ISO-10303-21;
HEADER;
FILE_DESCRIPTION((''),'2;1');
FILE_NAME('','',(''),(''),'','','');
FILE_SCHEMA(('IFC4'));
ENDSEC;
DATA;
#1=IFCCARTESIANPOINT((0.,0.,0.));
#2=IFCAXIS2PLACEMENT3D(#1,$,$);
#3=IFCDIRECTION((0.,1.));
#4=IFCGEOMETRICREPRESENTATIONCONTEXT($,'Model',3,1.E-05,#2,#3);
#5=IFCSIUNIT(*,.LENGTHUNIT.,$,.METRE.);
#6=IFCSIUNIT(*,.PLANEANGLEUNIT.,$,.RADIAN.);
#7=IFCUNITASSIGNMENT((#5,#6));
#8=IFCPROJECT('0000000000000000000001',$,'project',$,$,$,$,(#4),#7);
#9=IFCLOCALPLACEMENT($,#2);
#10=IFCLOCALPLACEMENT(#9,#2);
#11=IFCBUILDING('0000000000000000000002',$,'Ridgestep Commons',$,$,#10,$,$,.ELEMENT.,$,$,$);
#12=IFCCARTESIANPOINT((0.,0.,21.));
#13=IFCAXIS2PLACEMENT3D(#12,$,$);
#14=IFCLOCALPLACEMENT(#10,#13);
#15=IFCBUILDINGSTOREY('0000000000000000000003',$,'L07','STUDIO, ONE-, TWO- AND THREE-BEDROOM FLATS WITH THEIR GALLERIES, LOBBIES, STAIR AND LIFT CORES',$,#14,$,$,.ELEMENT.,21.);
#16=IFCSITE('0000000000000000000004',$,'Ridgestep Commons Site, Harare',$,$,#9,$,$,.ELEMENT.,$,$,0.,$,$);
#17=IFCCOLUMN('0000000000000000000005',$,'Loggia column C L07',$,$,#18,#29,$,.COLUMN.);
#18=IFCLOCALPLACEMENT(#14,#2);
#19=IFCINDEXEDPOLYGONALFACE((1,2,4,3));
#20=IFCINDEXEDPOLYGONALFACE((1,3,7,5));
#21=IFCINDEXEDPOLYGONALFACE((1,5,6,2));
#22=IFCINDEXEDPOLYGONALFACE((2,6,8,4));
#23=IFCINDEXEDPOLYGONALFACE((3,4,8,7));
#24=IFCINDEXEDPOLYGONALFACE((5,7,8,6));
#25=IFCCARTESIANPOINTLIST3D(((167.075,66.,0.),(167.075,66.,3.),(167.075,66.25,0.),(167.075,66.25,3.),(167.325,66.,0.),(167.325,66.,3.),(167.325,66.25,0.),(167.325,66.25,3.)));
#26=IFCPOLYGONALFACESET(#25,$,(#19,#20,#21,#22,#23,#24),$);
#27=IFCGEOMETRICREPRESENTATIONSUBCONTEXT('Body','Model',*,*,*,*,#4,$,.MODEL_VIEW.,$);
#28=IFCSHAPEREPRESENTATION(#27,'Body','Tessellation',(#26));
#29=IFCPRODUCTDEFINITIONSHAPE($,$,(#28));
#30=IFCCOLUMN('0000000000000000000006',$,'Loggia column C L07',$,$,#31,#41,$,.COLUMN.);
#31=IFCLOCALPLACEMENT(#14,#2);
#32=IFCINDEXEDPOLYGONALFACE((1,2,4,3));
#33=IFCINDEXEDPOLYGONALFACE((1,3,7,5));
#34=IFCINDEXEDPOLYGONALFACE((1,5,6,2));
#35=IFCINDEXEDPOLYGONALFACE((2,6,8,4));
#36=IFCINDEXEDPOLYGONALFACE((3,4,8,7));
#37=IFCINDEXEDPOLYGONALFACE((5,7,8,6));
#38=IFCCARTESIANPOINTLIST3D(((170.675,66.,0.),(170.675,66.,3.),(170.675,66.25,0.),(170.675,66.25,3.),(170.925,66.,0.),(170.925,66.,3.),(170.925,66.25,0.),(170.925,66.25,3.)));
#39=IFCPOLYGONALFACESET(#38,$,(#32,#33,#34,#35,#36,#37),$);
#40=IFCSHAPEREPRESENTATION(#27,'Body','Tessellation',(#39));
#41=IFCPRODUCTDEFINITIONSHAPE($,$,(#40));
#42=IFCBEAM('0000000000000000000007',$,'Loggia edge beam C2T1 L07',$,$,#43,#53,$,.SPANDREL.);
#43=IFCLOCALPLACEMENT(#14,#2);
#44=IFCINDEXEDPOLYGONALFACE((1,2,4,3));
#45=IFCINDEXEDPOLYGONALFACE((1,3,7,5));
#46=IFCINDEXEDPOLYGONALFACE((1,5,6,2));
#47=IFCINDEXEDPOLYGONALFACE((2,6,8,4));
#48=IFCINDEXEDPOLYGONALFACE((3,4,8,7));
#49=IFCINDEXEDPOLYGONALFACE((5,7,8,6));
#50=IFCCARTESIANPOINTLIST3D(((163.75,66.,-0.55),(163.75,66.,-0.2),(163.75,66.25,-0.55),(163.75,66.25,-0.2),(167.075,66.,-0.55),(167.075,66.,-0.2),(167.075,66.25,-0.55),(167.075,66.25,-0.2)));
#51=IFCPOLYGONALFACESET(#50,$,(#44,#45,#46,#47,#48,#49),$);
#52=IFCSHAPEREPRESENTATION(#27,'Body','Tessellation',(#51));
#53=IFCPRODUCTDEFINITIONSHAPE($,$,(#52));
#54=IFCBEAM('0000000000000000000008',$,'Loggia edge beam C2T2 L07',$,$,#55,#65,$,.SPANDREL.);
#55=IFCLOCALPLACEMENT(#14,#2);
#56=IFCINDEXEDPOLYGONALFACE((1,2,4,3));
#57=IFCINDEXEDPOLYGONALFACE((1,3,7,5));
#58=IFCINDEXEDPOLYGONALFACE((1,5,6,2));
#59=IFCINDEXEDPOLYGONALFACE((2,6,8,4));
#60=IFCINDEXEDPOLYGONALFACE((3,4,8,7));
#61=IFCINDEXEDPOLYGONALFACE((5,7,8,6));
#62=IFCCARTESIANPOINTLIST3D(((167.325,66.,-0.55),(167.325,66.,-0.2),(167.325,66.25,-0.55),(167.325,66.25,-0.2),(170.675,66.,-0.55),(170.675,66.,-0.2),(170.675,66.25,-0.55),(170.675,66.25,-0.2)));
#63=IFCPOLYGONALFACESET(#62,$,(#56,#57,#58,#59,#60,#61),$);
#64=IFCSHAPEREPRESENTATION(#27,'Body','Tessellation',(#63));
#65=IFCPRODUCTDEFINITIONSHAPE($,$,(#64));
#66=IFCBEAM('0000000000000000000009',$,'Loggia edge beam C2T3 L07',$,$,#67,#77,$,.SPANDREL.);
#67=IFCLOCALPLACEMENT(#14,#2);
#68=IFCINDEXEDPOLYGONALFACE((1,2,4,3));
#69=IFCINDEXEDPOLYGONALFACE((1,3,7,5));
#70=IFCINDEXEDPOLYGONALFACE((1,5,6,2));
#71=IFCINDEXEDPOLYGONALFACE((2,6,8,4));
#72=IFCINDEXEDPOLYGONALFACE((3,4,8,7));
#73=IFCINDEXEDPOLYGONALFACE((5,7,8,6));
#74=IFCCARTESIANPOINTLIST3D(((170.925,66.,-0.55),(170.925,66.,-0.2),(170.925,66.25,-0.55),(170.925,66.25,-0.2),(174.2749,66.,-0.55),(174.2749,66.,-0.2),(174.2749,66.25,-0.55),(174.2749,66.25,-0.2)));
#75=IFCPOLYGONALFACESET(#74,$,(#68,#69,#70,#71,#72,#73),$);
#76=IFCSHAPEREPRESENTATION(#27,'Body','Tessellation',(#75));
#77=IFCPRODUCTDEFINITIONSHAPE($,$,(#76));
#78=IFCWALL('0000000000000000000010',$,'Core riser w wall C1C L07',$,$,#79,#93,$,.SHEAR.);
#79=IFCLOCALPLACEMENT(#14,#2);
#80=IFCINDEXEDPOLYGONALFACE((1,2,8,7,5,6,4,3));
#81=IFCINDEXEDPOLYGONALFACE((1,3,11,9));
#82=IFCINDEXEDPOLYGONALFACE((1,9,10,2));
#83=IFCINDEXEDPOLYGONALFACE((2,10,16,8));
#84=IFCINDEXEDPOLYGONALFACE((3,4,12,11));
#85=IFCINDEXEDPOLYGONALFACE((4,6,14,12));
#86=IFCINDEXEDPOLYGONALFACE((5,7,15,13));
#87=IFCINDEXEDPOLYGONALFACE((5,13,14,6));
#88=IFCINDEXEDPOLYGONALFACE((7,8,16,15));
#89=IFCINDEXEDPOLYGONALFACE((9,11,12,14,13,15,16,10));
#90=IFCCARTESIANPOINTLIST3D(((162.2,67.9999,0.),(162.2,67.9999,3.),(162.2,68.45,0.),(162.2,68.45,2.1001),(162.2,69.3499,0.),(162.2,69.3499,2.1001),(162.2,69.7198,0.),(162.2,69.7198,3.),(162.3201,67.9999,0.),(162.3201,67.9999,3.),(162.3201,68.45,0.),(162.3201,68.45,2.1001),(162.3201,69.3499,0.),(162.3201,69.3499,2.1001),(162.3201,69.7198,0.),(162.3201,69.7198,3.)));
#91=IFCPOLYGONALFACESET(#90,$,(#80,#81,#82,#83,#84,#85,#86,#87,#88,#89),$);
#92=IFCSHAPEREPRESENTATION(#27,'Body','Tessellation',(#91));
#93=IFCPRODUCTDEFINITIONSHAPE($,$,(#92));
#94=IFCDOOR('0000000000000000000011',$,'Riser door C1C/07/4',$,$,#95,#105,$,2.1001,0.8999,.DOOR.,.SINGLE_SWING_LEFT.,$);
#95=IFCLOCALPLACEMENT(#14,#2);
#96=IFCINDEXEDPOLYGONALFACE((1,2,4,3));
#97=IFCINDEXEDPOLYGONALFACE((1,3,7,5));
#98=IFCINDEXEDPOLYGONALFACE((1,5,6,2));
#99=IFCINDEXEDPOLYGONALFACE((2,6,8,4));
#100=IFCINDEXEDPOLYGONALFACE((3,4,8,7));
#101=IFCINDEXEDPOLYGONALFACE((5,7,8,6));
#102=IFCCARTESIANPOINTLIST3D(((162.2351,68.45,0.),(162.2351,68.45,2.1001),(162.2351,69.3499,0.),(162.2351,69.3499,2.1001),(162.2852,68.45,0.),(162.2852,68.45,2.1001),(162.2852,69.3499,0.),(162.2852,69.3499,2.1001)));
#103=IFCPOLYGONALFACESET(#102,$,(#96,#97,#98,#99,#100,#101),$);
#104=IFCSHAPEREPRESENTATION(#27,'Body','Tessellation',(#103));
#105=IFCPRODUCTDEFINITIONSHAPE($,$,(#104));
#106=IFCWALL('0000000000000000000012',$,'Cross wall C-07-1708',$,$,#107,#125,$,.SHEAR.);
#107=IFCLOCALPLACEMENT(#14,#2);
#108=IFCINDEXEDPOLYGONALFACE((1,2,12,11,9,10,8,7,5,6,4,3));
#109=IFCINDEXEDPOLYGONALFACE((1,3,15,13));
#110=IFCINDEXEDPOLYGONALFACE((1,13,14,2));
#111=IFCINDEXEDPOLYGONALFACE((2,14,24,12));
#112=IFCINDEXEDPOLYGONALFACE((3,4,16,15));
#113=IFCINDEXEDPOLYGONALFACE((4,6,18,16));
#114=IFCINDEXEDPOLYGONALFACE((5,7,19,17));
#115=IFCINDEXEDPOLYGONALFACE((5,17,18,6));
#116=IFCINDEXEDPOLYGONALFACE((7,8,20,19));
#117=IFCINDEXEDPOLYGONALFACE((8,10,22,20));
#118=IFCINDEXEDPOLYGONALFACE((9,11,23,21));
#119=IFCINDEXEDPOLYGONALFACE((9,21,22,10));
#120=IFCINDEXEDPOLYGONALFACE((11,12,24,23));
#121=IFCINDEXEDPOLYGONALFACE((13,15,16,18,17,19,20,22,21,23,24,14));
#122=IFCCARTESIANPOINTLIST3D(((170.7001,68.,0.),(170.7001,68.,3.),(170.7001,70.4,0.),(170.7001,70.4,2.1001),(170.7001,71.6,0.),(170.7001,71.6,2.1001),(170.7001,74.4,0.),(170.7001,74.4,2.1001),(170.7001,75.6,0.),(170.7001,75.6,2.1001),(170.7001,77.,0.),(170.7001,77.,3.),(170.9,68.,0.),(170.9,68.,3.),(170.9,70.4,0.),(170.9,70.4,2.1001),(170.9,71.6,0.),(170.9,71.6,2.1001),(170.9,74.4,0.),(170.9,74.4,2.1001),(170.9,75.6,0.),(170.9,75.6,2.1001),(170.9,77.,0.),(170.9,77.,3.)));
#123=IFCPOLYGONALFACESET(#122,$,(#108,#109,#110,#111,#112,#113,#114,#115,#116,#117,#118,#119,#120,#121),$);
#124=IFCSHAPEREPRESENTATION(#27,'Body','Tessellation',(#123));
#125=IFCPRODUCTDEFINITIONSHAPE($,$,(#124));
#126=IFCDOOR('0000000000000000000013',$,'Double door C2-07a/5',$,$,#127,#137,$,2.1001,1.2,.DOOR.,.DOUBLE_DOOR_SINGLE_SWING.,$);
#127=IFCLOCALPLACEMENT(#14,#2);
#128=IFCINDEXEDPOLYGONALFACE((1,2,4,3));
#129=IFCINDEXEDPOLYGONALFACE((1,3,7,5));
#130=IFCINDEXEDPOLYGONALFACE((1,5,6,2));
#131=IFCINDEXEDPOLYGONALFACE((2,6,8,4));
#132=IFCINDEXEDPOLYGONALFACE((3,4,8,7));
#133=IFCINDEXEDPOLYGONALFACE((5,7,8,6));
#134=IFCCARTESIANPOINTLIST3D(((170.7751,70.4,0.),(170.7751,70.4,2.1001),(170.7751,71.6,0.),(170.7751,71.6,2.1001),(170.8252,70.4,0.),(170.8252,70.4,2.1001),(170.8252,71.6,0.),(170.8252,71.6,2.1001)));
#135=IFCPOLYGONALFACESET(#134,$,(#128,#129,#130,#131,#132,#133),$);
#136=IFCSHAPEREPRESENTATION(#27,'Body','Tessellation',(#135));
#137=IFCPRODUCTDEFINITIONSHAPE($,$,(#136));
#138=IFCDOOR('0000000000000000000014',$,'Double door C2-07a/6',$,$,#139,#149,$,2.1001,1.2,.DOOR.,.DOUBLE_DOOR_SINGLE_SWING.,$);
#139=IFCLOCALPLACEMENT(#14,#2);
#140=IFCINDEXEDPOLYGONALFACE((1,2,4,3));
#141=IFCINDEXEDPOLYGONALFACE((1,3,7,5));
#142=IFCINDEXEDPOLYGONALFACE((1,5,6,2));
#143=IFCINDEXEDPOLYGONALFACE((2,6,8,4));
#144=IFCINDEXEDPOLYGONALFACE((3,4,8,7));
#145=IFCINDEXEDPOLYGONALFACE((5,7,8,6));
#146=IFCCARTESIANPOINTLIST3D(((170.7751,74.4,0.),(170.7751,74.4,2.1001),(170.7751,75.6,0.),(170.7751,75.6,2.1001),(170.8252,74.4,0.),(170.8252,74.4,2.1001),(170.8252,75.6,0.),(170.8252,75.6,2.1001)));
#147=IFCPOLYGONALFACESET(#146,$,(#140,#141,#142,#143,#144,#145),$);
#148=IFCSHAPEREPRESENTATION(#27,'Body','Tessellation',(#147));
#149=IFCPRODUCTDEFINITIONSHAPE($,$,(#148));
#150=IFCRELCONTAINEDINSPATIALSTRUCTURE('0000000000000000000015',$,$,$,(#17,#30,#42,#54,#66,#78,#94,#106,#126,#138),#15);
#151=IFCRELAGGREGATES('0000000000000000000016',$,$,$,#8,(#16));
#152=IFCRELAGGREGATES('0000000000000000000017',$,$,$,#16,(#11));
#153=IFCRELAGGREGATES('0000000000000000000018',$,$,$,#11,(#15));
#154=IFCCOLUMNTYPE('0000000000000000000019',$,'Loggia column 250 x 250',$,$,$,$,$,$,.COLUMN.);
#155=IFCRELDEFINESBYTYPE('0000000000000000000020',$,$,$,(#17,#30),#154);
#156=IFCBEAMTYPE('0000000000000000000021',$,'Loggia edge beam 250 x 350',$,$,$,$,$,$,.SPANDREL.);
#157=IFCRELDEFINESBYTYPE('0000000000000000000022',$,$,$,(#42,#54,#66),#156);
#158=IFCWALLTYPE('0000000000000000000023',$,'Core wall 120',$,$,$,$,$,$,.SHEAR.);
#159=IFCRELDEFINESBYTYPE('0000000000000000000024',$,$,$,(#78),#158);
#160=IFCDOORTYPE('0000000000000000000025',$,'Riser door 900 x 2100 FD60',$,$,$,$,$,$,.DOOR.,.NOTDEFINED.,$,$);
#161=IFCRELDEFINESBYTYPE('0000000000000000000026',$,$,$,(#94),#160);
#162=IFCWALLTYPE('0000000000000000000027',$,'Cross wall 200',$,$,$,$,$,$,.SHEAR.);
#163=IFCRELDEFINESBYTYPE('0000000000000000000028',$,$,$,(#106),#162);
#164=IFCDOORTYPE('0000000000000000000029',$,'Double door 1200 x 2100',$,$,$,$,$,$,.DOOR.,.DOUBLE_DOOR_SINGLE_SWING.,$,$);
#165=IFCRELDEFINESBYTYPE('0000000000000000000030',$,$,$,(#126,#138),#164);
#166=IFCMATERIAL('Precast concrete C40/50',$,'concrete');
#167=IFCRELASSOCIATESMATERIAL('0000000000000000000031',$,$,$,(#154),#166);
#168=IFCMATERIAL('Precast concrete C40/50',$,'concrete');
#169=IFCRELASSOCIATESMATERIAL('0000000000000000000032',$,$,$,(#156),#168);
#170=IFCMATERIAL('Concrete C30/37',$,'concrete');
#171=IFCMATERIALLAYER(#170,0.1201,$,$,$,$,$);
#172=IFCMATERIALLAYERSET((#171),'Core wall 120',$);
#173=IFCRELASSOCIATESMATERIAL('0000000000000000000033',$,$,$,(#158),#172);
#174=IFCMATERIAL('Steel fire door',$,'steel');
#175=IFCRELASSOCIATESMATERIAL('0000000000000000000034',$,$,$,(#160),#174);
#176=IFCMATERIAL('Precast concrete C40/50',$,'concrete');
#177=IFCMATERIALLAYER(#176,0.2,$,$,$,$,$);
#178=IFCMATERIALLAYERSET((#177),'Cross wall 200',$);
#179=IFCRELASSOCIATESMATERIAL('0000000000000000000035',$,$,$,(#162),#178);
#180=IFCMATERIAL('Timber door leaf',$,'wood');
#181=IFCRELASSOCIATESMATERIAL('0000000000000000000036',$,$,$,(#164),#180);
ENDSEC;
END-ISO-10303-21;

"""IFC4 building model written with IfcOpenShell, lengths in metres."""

from ifc_helpers import new_model, si_unit, direction, frame, frame_2d, origin, origin_2d, place, context, subcontext, project, spatial, rectangle, extrude, material, layer, layer_set, material_profile, profile_set, type_object, element, fill, save


model = new_model("IFC4")

# Units and contexts
model_context = context("Model", 3, precision=1e-05, world=origin(), true_north=direction((0.0, 1.0)))
body_context = subcontext(model_context, "Body", "Model", "MODEL_VIEW")
ifc_project = project(units=[si_unit("LENGTHUNIT", "METRE"), si_unit("PLANEANGLEUNIT", "RADIAN")], contexts=[model_context])

# Site, building, storey
site_placement = place(None, origin())
site = spatial("IfcSite", under=ifc_project, at=site_placement, Name="Ridgestep Commons Site, Harare", CompositionType="ELEMENT", RefElevation=0.0)
building_placement = place(site_placement, origin())
building = spatial("IfcBuilding", under=site, at=building_placement, Name="Ridgestep Commons", CompositionType="ELEMENT")
storey_placement = place(building_placement, frame((0.0, 0.0, 21.0)))
storey = spatial("IfcBuildingStorey", under=building, at=storey_placement, Name="L07", Description="STUDIO, ONE-, TWO- AND THREE-BEDROOM FLATS WITH THEIR GALLERIES, LOBBIES, STAIR AND LIFT CORES", CompositionType="ELEMENT", Elevation=21.0)

# Columns
ifc_material_1 = material(Name="Precast concrete C40/50", Category="concrete")
ifc_material_profile_1 = material_profile(ifc_material_1, rectangle(XDim=0.25, YDim=0.25, at=origin_2d()), Name="PC 250x250")
ifc_profile_set_1 = profile_set([ifc_material_profile_1], Name="Precast concrete C40/50")
column_type = type_object("IfcColumnType", Name="Loggia column 250 x 250", PredefinedType="COLUMN", material=ifc_profile_set_1)
for number, where, z_axis, x_axis, name in (
    (1, (167.2, 66.125, 0.0), (0.0, 0.0, 1.0), (1.0, 0.0, 0.0), "Loggia column C L07"),
    (2, (170.8, 66.125, 0.0), (0.0, 0.0, 1.0), (1.0, 0.0, 0.0), "Loggia column C L07"),
):
    element("IfcColumn", number, at=place(storey_placement, frame(where, z_axis=z_axis, x_axis=x_axis)), inside=storey, type_object=column_type, Name=name, PredefinedType="COLUMN", context=body_context, shape_type="SweptSolid", body=[
        extrude(rectangle(XDim=0.25, YDim=0.25, at=origin_2d()), origin(), (0.0, 0.0, 1.0), 3.0),
    ])

# Beams
ifc_material_2 = material(Name="Precast concrete C40/50", Category="concrete")
ifc_material_profile_2 = material_profile(ifc_material_2, rectangle(XDim=0.25, YDim=0.3501, at=origin_2d()), Name="PC 250x350")
ifc_profile_set_2 = profile_set([ifc_material_profile_2], Name="Precast concrete C40/50")
beam_type = type_object("IfcBeamType", Name="Loggia edge beam 250 x 350", PredefinedType="SPANDREL", material=ifc_profile_set_2)
beam_1_placement = place(storey_placement, frame((163.75, 66.125, -0.375), z_axis=(1.0, 0.0, 0.0), x_axis=(0.0, 1.0, 0.0)))
element("IfcBeam", 3, at=beam_1_placement, inside=storey, type_object=beam_type, Name="Loggia edge beam C2T1 L07", PredefinedType="SPANDREL", context=body_context, shape_type="SweptSolid", body=[
    extrude(rectangle(XDim=0.25, YDim=0.3501, at=origin_2d()), origin(), (0.0, 0.0, 1.0), 3.325),
])
beam_2_placement = place(storey_placement, frame((167.325, 66.125, -0.375), z_axis=(1.0, 0.0, 0.0), x_axis=(0.0, 1.0, 0.0)))
element("IfcBeam", 4, at=beam_2_placement, inside=storey, type_object=beam_type, Name="Loggia edge beam C2T2 L07", PredefinedType="SPANDREL", context=body_context, shape_type="SweptSolid", body=[
    extrude(rectangle(XDim=0.25, YDim=0.3501, at=origin_2d()), origin(), (0.0, 0.0, 1.0), 3.3501),
])
beam_3_placement = place(storey_placement, frame((170.925, 66.125, -0.375), z_axis=(1.0, 0.0, 0.0), x_axis=(0.0, 1.0, 0.0)))
element("IfcBeam", 5, at=beam_3_placement, inside=storey, type_object=beam_type, Name="Loggia edge beam C2T3 L07", PredefinedType="SPANDREL", context=body_context, shape_type="SweptSolid", body=[
    extrude(rectangle(XDim=0.25, YDim=0.3501, at=origin_2d()), origin(), (0.0, 0.0, 1.0), 3.3499),
])

# Wall, opening, door
ifc_material_3 = material(Name="Concrete C30/37", Category="concrete")
ifc_layer_1 = layer(ifc_material_3, 0.1201)
ifc_layer_set_1 = layer_set([ifc_layer_1], Name="Core wall 120")
wall_type_1 = type_object("IfcWallType", Name="Core wall 120", PredefinedType="SHEAR", material=ifc_layer_set_1)
wall_1_placement = place(storey_placement, frame((162.26, 68.0, 0.0), z_axis=(0.0, 0.0, 1.0), x_axis=(0.0, 1.0, 0.0)))
wall_1 = element("IfcWall", 6, at=wall_1_placement, inside=storey, type_object=wall_type_1, Name="Core riser w wall C1C L07", PredefinedType="SHEAR", context=body_context, shape_type="SweptSolid", body=[
    extrude(rectangle(XDim=1.72, YDim=0.1201, at=frame_2d((0.8599, 0.0))), origin(), (0.0, 0.0, 1.0), 3.0),
])
opening_1_placement = place(wall_1_placement, frame((0.45, 0.0, 0.0)))
opening_1 = element("IfcOpeningElement", 7, at=opening_1_placement, cuts=wall_1, PredefinedType="OPENING", context=body_context, shape_type="SweptSolid", body=[
    extrude(rectangle(XDim=0.8999, YDim=2.1001, at=frame_2d((0.45, 1.05))), frame((0.0, 0.0701, 0.0), z_axis=(0.0, -1.0, 0.0), x_axis=(1.0, 0.0, 0.0)), (0.0, 0.0, 1.0), 0.1401),
])
ifc_material_4 = material(Name="Steel fire door", Category="steel")
door_type_1 = type_object("IfcDoorType", Name="Riser door 900 x 2100 FD60", OperationType="NOTDEFINED", PredefinedType="DOOR", material=ifc_material_4)
door_1_placement = place(opening_1_placement, origin())
door_1 = element("IfcDoor", 8, at=door_1_placement, inside=storey, type_object=door_type_1, Name="Riser door C1C/07/4", OperationType="SINGLE_SWING_LEFT", OverallHeight=2.1001, OverallWidth=0.8999, PredefinedType="DOOR", context=body_context, shape_type="SweptSolid", body=[
    extrude(rectangle(XDim=0.8999, YDim=2.1001, at=frame_2d((0.45, 1.05))), frame((0.0, 0.0249, 0.0), z_axis=(0.0, -1.0, 0.0), x_axis=(1.0, 0.0, 0.0)), (0.0, 0.0, 1.0), 0.05),
])
fill(opening_1, door_1)

# Wall, openings, doors
ifc_material_5 = material(Name="Precast concrete C40/50", Category="concrete")
ifc_layer_2 = layer(ifc_material_5, 0.2)
ifc_layer_set_2 = layer_set([ifc_layer_2], Name="Cross wall 200")
wall_type_2 = type_object("IfcWallType", Name="Cross wall 200", PredefinedType="SHEAR", material=ifc_layer_set_2)
wall_2_placement = place(storey_placement, frame((170.8, 68.0, 0.0), z_axis=(0.0, 0.0, 1.0), x_axis=(0.0, 1.0, 0.0)))
wall_2 = element("IfcWall", 9, at=wall_2_placement, inside=storey, type_object=wall_type_2, Name="Cross wall C-07-1708", PredefinedType="SHEAR", context=body_context, shape_type="SweptSolid", body=[
    extrude(rectangle(XDim=9.0, YDim=0.2, at=frame_2d((4.5, 0.0))), origin(), (0.0, 0.0, 1.0), 3.0),
])
opening_2_placement = place(wall_2_placement, frame((2.3999, 0.0, 0.0)))
opening_2 = element("IfcOpeningElement", 10, at=opening_2_placement, cuts=wall_2, PredefinedType="OPENING", context=body_context, shape_type="SweptSolid", body=[
    extrude(rectangle(XDim=1.2, YDim=2.1001, at=frame_2d((0.6001, 1.05))), frame((0.0, 0.1099, 0.0), z_axis=(0.0, -1.0, 0.0), x_axis=(1.0, 0.0, 0.0)), (0.0, 0.0, 1.0), 0.22),
])
opening_3_placement = place(wall_2_placement, frame((6.3999, 0.0, 0.0)))
opening_3 = element("IfcOpeningElement", 11, at=opening_3_placement, cuts=wall_2, PredefinedType="OPENING", context=body_context, shape_type="SweptSolid", body=[
    extrude(rectangle(XDim=1.2, YDim=2.1001, at=frame_2d((0.6001, 1.05))), frame((0.0, 0.1099, 0.0), z_axis=(0.0, -1.0, 0.0), x_axis=(1.0, 0.0, 0.0)), (0.0, 0.0, 1.0), 0.22),
])
ifc_material_6 = material(Name="Timber door leaf", Category="wood")
door_type_2 = type_object("IfcDoorType", Name="Double door 1200 x 2100", OperationType="DOUBLE_DOOR_SINGLE_SWING", PredefinedType="DOOR", material=ifc_material_6)
door_2_placement = place(opening_2_placement, origin())
door_2 = element("IfcDoor", 12, at=door_2_placement, inside=storey, type_object=door_type_2, Name="Double door C2-07a/5", OperationType="DOUBLE_DOOR_SINGLE_SWING", OverallHeight=2.1001, OverallWidth=1.2, PredefinedType="DOOR", context=body_context, shape_type="SweptSolid", body=[
    extrude(rectangle(XDim=1.2, YDim=2.1001, at=frame_2d((0.6001, 1.05))), frame((0.0, 0.0249, 0.0), z_axis=(0.0, -1.0, 0.0), x_axis=(1.0, 0.0, 0.0)), (0.0, 0.0, 1.0), 0.05),
])
fill(opening_2, door_2)
door_3_placement = place(opening_3_placement, origin())
door_3 = element("IfcDoor", 13, at=door_3_placement, inside=storey, type_object=door_type_2, Name="Double door C2-07a/6", OperationType="DOUBLE_DOOR_SINGLE_SWING", OverallHeight=2.1001, OverallWidth=1.2, PredefinedType="DOOR", context=body_context, shape_type="SweptSolid", body=[
    extrude(rectangle(XDim=1.2, YDim=2.1001, at=frame_2d((0.6001, 1.05))), frame((0.0, 0.0249, 0.0), z_axis=(0.0, -1.0, 0.0), x_axis=(1.0, 0.0, 0.0)), (0.0, 0.0, 1.0), 0.05),
])
fill(opening_3, door_3)

save(model, "model.ifc")
